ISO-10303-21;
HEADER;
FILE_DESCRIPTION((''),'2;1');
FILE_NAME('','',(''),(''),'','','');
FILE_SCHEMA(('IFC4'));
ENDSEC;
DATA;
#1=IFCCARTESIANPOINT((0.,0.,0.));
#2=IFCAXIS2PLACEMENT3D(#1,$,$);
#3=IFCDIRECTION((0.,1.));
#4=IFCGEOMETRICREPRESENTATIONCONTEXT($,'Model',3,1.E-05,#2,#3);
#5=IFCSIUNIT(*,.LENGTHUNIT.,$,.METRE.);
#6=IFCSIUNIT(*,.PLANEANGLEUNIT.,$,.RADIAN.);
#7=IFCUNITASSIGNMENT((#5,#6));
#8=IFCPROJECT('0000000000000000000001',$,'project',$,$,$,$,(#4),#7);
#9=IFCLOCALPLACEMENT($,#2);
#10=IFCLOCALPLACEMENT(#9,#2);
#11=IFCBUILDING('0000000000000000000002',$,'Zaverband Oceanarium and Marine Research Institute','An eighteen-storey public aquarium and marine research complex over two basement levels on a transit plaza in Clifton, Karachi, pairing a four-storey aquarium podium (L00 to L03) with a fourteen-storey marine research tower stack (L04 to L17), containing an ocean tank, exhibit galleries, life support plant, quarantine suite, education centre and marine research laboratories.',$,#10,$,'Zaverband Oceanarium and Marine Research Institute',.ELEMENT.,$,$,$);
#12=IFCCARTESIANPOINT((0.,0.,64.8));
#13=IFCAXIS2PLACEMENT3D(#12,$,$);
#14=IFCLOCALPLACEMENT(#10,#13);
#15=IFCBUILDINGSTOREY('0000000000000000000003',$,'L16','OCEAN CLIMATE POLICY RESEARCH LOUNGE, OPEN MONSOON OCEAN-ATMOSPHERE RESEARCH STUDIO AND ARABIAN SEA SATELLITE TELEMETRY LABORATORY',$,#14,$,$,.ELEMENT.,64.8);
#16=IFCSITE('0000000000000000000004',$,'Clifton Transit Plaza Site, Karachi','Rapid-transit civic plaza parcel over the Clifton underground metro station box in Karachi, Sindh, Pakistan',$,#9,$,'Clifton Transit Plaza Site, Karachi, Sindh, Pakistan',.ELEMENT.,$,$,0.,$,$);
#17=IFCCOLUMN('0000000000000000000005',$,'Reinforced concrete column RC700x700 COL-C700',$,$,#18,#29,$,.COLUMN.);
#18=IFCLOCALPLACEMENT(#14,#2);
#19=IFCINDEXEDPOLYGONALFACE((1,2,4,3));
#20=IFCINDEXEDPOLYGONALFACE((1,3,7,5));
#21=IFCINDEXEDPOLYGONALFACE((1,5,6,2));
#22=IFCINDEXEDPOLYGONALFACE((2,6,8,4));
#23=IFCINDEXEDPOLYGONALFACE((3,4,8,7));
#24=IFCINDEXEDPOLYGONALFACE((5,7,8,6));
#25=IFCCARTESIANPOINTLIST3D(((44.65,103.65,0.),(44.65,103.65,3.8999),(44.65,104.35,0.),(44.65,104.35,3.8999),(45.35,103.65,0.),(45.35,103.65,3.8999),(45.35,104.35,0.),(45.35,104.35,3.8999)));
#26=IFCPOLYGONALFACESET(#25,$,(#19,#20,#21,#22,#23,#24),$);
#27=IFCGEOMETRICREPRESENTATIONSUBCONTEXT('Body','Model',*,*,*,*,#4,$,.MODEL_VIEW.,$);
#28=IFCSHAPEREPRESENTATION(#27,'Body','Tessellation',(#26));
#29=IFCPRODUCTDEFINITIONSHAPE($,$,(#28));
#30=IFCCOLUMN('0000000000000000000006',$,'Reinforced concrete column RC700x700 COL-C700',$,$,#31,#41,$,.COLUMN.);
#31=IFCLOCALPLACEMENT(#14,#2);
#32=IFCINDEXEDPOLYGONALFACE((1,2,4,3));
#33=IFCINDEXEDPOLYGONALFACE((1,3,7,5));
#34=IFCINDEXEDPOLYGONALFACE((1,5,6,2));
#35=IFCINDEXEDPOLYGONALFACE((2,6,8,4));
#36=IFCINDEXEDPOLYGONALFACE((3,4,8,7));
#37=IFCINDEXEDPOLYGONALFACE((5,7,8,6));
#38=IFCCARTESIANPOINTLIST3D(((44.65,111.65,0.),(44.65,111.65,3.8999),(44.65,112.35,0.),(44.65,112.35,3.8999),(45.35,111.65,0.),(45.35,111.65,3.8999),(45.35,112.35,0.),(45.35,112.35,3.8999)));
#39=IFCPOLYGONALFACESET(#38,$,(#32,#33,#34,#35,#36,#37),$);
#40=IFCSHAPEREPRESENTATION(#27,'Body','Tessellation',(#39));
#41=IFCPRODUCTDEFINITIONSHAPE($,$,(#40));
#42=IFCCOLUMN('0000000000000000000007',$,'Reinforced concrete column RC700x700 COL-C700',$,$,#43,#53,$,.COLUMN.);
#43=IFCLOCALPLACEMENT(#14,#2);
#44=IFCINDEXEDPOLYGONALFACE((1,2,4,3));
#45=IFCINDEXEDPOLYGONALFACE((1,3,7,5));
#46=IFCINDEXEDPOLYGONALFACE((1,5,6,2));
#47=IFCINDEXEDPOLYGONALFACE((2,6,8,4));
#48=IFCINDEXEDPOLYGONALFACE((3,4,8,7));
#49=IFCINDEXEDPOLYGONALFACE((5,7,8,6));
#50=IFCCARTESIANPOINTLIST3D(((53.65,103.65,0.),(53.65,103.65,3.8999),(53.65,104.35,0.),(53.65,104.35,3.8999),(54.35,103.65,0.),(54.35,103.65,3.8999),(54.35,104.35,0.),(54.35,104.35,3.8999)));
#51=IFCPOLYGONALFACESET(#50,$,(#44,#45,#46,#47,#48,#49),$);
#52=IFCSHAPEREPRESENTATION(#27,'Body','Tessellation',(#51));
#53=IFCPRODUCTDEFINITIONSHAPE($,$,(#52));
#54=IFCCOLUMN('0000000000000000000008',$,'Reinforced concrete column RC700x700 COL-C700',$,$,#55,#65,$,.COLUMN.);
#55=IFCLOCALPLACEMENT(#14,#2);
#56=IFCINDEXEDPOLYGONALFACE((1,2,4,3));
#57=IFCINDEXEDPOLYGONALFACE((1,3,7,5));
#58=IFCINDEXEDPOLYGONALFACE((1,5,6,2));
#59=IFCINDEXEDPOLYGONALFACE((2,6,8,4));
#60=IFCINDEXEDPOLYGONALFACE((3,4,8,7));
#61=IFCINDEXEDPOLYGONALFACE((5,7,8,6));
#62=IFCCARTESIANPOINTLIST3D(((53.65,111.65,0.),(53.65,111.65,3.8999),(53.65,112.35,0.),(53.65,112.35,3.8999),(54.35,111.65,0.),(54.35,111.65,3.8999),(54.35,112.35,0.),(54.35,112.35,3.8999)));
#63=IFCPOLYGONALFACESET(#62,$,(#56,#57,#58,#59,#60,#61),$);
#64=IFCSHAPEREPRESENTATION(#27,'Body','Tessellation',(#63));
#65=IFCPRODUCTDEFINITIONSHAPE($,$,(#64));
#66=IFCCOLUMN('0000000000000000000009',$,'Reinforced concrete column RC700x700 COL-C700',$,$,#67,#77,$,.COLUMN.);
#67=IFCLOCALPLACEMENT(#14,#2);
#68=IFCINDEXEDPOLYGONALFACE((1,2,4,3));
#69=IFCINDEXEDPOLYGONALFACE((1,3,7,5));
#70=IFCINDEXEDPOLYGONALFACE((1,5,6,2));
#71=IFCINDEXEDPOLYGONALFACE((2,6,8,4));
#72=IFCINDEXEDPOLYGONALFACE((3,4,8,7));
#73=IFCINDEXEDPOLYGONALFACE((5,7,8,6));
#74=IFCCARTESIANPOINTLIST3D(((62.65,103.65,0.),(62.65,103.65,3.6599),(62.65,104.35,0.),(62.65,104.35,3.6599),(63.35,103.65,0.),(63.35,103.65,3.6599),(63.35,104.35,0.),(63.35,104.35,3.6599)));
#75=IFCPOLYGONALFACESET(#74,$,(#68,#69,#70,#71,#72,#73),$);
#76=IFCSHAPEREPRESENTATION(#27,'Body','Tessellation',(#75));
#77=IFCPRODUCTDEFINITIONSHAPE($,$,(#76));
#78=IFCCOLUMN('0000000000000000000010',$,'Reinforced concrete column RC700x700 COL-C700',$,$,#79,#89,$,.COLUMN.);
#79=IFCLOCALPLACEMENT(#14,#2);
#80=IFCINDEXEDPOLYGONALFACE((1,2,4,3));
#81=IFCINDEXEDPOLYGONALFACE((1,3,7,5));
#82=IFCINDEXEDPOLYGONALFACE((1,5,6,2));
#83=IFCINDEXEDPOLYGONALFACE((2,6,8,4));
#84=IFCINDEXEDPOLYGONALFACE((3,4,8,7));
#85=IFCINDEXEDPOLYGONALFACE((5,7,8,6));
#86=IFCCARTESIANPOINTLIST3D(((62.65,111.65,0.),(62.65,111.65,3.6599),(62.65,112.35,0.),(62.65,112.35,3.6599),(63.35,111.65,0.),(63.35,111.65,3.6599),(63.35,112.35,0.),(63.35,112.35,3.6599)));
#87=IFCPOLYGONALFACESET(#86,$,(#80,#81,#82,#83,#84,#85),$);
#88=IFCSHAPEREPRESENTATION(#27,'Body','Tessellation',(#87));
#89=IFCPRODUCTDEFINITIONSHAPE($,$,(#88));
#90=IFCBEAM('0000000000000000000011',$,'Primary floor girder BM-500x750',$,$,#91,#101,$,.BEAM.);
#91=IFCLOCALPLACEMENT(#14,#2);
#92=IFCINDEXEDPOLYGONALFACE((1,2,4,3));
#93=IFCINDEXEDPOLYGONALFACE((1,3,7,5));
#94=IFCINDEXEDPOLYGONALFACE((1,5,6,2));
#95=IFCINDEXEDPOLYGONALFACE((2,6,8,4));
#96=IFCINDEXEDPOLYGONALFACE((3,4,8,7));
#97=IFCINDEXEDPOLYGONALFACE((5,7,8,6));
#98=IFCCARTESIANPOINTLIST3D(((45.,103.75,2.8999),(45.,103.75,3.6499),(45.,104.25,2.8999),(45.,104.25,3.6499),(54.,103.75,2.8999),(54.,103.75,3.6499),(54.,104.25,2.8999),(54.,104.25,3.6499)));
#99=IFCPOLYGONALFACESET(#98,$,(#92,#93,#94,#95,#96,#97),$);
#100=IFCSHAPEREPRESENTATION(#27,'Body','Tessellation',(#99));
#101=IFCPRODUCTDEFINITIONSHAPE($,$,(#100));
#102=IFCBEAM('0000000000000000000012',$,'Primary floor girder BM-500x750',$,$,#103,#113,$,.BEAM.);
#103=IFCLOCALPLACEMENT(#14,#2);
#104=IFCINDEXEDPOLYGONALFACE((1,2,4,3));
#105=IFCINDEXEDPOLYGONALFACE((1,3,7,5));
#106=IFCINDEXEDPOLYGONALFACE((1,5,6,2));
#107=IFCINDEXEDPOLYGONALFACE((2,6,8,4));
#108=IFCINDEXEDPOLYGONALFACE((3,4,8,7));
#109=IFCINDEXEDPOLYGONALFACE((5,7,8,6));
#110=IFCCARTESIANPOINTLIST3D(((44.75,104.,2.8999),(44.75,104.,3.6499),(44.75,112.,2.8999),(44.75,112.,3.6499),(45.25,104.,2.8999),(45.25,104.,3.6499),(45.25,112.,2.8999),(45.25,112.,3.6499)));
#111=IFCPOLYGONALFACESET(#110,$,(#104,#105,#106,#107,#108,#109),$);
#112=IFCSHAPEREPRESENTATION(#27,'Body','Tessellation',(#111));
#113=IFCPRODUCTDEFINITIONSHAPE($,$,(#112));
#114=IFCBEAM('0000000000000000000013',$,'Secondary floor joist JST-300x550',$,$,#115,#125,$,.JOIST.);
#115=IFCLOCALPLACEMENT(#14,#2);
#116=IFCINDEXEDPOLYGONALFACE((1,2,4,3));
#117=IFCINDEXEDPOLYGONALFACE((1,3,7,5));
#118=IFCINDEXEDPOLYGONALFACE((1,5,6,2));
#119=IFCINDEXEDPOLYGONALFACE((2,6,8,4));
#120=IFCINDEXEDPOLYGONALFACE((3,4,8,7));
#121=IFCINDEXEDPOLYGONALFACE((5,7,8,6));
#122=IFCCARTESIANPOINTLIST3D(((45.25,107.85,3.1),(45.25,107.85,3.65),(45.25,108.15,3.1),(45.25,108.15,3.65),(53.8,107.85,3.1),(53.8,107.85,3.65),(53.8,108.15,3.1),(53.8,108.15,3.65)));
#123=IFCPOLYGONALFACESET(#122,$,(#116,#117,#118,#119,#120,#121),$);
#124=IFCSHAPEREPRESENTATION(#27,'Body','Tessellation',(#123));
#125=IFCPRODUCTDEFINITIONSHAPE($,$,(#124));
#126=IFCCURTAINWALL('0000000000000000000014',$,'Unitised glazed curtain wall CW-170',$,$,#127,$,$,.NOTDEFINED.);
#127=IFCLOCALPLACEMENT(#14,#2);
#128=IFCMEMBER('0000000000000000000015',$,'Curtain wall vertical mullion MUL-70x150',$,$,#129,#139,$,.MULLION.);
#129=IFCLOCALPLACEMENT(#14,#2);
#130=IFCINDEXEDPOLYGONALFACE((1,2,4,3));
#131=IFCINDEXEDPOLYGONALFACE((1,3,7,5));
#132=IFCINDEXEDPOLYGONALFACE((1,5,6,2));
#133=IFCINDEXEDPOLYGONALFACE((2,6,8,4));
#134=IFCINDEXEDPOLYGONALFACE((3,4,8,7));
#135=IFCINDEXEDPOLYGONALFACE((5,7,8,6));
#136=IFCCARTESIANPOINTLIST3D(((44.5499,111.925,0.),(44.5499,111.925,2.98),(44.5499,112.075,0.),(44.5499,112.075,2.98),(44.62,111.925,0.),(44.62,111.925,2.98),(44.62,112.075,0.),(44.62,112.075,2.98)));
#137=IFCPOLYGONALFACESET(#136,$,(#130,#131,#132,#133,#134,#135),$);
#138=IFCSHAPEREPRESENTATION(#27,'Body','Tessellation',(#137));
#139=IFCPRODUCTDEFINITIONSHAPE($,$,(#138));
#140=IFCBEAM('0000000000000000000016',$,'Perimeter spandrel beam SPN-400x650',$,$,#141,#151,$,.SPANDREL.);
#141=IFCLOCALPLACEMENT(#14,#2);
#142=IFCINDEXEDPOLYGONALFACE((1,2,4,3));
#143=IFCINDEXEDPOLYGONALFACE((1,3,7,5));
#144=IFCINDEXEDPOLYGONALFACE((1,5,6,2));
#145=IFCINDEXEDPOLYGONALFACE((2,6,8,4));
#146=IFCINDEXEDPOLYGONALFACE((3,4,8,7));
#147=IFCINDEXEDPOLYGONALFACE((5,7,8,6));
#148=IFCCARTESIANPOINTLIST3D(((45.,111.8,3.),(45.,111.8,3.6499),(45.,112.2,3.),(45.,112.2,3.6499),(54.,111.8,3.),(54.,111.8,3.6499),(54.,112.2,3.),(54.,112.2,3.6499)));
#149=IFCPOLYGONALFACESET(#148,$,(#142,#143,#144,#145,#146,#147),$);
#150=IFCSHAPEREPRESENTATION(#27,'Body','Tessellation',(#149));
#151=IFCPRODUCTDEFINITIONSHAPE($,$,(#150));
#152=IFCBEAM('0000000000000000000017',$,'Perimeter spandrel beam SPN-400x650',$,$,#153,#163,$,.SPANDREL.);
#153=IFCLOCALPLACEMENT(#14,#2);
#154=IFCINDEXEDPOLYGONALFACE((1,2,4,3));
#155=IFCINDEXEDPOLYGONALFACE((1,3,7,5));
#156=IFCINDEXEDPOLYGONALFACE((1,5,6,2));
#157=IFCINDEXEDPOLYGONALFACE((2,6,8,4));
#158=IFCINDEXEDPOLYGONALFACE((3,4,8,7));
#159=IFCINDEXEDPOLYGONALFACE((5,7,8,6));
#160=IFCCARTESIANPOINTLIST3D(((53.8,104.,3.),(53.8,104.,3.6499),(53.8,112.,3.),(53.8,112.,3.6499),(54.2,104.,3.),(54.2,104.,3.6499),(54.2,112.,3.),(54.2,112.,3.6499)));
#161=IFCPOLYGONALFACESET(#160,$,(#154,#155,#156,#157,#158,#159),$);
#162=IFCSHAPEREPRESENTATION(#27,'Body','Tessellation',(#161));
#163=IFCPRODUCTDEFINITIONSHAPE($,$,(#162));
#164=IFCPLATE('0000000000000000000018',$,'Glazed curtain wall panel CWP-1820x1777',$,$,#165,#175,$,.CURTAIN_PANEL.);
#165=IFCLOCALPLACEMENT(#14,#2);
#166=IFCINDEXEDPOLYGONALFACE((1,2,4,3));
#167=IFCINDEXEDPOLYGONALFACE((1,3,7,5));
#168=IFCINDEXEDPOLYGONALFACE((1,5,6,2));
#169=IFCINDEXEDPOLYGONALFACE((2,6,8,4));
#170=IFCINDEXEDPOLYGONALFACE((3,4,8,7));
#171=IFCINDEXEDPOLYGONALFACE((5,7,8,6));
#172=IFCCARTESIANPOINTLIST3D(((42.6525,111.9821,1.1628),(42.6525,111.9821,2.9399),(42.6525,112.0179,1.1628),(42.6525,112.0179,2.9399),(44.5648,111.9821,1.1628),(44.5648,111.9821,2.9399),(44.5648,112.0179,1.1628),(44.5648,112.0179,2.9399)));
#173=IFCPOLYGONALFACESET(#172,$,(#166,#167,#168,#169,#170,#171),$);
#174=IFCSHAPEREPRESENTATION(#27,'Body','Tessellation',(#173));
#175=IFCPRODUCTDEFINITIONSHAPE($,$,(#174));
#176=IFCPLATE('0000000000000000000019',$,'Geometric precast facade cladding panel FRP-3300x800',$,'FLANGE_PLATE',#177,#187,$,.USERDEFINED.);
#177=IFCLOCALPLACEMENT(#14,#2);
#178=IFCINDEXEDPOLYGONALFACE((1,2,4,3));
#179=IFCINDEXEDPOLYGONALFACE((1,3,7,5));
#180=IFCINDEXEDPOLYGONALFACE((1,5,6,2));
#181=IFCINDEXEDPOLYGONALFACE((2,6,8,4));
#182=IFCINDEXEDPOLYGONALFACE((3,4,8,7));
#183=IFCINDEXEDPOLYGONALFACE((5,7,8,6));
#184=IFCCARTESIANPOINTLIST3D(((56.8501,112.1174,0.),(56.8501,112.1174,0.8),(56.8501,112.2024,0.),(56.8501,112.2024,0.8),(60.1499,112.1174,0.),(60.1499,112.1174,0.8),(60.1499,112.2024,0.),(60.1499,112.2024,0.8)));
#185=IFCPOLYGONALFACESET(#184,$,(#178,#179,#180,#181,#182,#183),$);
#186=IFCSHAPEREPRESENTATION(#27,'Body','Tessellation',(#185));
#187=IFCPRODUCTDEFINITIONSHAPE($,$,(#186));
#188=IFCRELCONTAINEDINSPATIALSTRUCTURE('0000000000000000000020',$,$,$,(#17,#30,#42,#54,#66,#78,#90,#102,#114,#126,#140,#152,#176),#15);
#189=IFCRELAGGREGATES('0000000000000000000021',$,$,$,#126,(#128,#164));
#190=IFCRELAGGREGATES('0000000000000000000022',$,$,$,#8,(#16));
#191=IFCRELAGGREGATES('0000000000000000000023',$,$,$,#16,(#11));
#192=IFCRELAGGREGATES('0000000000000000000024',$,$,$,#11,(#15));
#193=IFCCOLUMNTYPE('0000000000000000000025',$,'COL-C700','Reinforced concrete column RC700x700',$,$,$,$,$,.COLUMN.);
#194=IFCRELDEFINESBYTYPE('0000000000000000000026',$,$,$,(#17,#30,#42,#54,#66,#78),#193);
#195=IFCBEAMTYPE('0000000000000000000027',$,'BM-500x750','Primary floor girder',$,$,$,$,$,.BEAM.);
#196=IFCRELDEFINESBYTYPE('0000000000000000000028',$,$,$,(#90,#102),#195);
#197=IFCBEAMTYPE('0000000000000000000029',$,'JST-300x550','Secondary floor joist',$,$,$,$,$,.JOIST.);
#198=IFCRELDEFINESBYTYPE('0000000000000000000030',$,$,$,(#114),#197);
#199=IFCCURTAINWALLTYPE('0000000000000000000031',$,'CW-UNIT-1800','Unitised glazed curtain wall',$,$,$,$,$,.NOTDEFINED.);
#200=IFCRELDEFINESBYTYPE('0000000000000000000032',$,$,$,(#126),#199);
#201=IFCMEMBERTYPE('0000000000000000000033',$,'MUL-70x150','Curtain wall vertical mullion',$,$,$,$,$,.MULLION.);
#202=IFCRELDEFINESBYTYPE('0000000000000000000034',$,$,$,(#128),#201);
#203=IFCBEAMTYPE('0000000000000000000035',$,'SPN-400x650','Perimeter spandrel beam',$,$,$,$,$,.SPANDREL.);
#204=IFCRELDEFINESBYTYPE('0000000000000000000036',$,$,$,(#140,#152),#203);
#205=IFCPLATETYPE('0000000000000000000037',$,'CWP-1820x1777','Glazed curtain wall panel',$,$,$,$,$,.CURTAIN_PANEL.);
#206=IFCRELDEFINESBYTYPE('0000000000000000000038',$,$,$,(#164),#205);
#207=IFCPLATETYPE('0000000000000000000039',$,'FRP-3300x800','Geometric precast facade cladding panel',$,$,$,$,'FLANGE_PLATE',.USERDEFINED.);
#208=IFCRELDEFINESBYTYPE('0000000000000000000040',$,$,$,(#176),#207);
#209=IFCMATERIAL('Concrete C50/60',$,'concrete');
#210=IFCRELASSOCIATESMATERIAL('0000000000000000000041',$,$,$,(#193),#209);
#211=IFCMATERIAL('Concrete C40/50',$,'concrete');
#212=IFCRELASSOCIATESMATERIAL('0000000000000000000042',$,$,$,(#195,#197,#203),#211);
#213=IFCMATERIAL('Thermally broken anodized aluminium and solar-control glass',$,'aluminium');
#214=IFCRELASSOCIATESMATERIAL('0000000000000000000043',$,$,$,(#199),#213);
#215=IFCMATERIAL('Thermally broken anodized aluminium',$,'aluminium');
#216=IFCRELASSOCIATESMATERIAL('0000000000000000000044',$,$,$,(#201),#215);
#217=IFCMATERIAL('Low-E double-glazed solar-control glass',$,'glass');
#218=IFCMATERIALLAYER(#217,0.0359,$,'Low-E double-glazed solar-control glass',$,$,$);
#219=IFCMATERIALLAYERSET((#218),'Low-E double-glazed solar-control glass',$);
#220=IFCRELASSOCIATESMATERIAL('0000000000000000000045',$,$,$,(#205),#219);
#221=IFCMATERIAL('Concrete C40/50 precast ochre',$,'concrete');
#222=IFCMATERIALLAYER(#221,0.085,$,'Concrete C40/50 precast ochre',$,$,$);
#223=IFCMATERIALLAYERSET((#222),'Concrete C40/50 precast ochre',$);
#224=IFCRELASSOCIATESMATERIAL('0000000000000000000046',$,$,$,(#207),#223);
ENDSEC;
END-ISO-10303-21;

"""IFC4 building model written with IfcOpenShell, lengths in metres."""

from ifc_helpers import new_model, si_unit, direction, frame, frame_2d, origin, origin_2d, place, context, subcontext, project, spatial, rectangle, extrude, material, layer, layer_set, material_profile, profile_set, type_object, element, aggregate, save


model = new_model("IFC4")

# Units and contexts
model_context = context("Model", 3, precision=1e-05, world=origin(), true_north=direction((0.0, 1.0)))
body_context = subcontext(model_context, "Body", "Model", "MODEL_VIEW")
ifc_project = project(units=[si_unit("LENGTHUNIT", "METRE"), si_unit("PLANEANGLEUNIT", "RADIAN")], contexts=[model_context])

# Site, building, storey
site_placement = place(None, origin())
site = spatial("IfcSite", under=ifc_project, at=site_placement, Name="Clifton Transit Plaza Site, Karachi", Description="Rapid-transit civic plaza parcel over the Clifton underground metro station box in Karachi, Sindh, Pakistan", LongName="Clifton Transit Plaza Site, Karachi, Sindh, Pakistan", CompositionType="ELEMENT", RefElevation=0.0)
building_placement = place(site_placement, origin())
building = spatial("IfcBuilding", under=site, at=building_placement, Name="Zaverband Oceanarium and Marine Research Institute", Description="An eighteen-storey public aquarium and marine research complex over two basement levels on a transit plaza in Clifton, Karachi, pairing a four-storey aquarium podium (L00 to L03) with a fourteen-storey marine research tower stack (L04 to L17), containing an ocean tank, exhibit galleries, life support plant, quarantine suite, education centre and marine research laboratories.", LongName="Zaverband Oceanarium and Marine Research Institute", CompositionType="ELEMENT")
storey_placement = place(building_placement, frame((0.0, 0.0, 64.8)))
storey = spatial("IfcBuildingStorey", under=building, at=storey_placement, Name="L16", Description="OCEAN CLIMATE POLICY RESEARCH LOUNGE, OPEN MONSOON OCEAN-ATMOSPHERE RESEARCH STUDIO AND ARABIAN SEA SATELLITE TELEMETRY LABORATORY", CompositionType="ELEMENT", Elevation=64.8)

# Columns
ifc_material_1 = material(Name="Concrete C50/60", Category="concrete")
ifc_material_profile_1 = material_profile(ifc_material_1, rectangle(XDim=0.7, YDim=0.7, at=origin_2d()), Name="RC700x700")
ifc_profile_set_1 = profile_set([ifc_material_profile_1], Name="Concrete C50/60")
column_type = type_object("IfcColumnType", Name="COL-C700", Description="Reinforced concrete column RC700x700", PredefinedType="COLUMN", material=ifc_profile_set_1)
for number, where, z_axis, x_axis, name in (
    (1, (45.0, 104.0, 0.0), (0.0, 0.0, 1.0), (1.0, 0.0, 0.0), "Reinforced concrete column RC700x700 COL-C700"),
    (2, (45.0, 112.0, 0.0), (0.0, 0.0, 1.0), (1.0, 0.0, 0.0), "Reinforced concrete column RC700x700 COL-C700"),
    (3, (54.0, 104.0, 0.0), (0.0, 0.0, 1.0), (1.0, 0.0, 0.0), "Reinforced concrete column RC700x700 COL-C700"),
    (4, (54.0, 112.0, 0.0), (0.0, 0.0, 1.0), (1.0, 0.0, 0.0), "Reinforced concrete column RC700x700 COL-C700"),
):
    element("IfcColumn", number, at=place(storey_placement, frame(where, z_axis=z_axis, x_axis=x_axis)), inside=storey, type_object=column_type, Name=name, PredefinedType="COLUMN", context=body_context, shape_type="SweptSolid", body=[
        extrude(rectangle(XDim=0.7, YDim=0.7, at=origin_2d()), origin(), (0.0, 0.0, 1.0), 3.8999),
    ])
for number, where, z_axis, x_axis, name in (
    (5, (63.0, 104.0, 0.0), (0.0, 0.0, 1.0), (1.0, 0.0, 0.0), "Reinforced concrete column RC700x700 COL-C700"),
    (6, (63.0, 112.0, 0.0), (0.0, 0.0, 1.0), (1.0, 0.0, 0.0), "Reinforced concrete column RC700x700 COL-C700"),
):
    element("IfcColumn", number, at=place(storey_placement, frame(where, z_axis=z_axis, x_axis=x_axis)), inside=storey, type_object=column_type, Name=name, PredefinedType="COLUMN", context=body_context, shape_type="SweptSolid", body=[
        extrude(rectangle(XDim=0.7, YDim=0.7, at=origin_2d()), origin(), (0.0, 0.0, 1.0), 3.6599),
    ])

# Beams
ifc_material_2 = material(Name="Concrete C40/50", Category="concrete")
ifc_material_profile_2 = material_profile(ifc_material_2, rectangle(XDim=0.5, YDim=0.75, at=origin_2d()), Name="RC500x750")
ifc_profile_set_2 = profile_set([ifc_material_profile_2], Name="Concrete C40/50")
beam_type_1 = type_object("IfcBeamType", Name="BM-500x750", Description="Primary floor girder", PredefinedType="BEAM", material=ifc_profile_set_2)
beam_1_placement = place(storey_placement, frame((45.0, 104.0, 3.2749), z_axis=(1.0, 0.0, 0.0), x_axis=(0.0, 1.0, 0.0)))
element("IfcBeam", 7, at=beam_1_placement, inside=storey, type_object=beam_type_1, Name="Primary floor girder BM-500x750", PredefinedType="BEAM", context=body_context, shape_type="SweptSolid", body=[
    extrude(rectangle(XDim=0.5, YDim=0.75, at=origin_2d()), origin(), (0.0, 0.0, 1.0), 9.0),
])
beam_2_placement = place(storey_placement, frame((45.0, 104.0, 3.2749), z_axis=(0.0, 1.0, 0.0), x_axis=(-1.0, 0.0, 0.0)))
element("IfcBeam", 8, at=beam_2_placement, inside=storey, type_object=beam_type_1, Name="Primary floor girder BM-500x750", PredefinedType="BEAM", context=body_context, shape_type="SweptSolid", body=[
    extrude(rectangle(XDim=0.5, YDim=0.75, at=origin_2d()), origin(), (0.0, 0.0, 1.0), 8.0),
])
ifc_material_profile_3 = material_profile(ifc_material_2, rectangle(XDim=0.3, YDim=0.55, at=origin_2d()), Name="RC300x550")
ifc_profile_set_3 = profile_set([ifc_material_profile_3], Name="Concrete C40/50")
beam_type_2 = type_object("IfcBeamType", Name="JST-300x550", Description="Secondary floor joist", PredefinedType="JOIST", material=ifc_profile_set_3)
beam_3_placement = place(storey_placement, frame((45.25, 108.0, 3.375), z_axis=(1.0, 0.0, 0.0), x_axis=(0.0, 1.0, 0.0)))
element("IfcBeam", 9, at=beam_3_placement, inside=storey, type_object=beam_type_2, Name="Secondary floor joist JST-300x550", PredefinedType="JOIST", context=body_context, shape_type="SweptSolid", body=[
    extrude(rectangle(XDim=0.3, YDim=0.55, at=origin_2d()), origin(), (0.0, 0.0, 1.0), 8.55),
])

# Curtain wall, member
ifc_material_3 = material(Name="Thermally broken anodized aluminium and solar-control glass", Category="aluminium")
curtain_wall_type = type_object("IfcCurtainWallType", Name="CW-UNIT-1800", Description="Unitised glazed curtain wall", PredefinedType="NOTDEFINED", material=ifc_material_3)
curtain_wall_placement = place(storey_placement, origin())
curtain_wall = element("IfcCurtainWall", 10, at=curtain_wall_placement, inside=storey, type_object=curtain_wall_type, Name="Unitised glazed curtain wall CW-170", PredefinedType="NOTDEFINED")
ifc_material_4 = material(Name="Thermally broken anodized aluminium", Category="aluminium")
ifc_material_profile_4 = material_profile(ifc_material_4, rectangle(XDim=0.0701, YDim=0.1499, at=origin_2d()), Name="AL-MUL-70x150")
ifc_profile_set_4 = profile_set([ifc_material_profile_4], Name="Thermally broken anodized aluminium")
member_type = type_object("IfcMemberType", Name="MUL-70x150", Description="Curtain wall vertical mullion", PredefinedType="MULLION", material=ifc_profile_set_4)
member_placement = place(storey_placement, frame((44.585, 112.0, 0.0), z_axis=(0.0, 0.0, 1.0), x_axis=(1.0, 0.0, 0.0)))
member = element("IfcMember", 11, at=member_placement, type_object=member_type, Name="Curtain wall vertical mullion MUL-70x150", PredefinedType="MULLION", context=body_context, shape_type="SweptSolid", body=[
    extrude(rectangle(XDim=0.0701, YDim=0.1499, at=origin_2d()), origin(), (0.0, 0.0, 1.0), 2.98),
])

# Beams
ifc_material_profile_5 = material_profile(ifc_material_2, rectangle(XDim=0.3999, YDim=0.6499, at=origin_2d()), Name="RC400x650")
ifc_profile_set_5 = profile_set([ifc_material_profile_5], Name="Concrete C40/50")
beam_type_3 = type_object("IfcBeamType", Name="SPN-400x650", Description="Perimeter spandrel beam", PredefinedType="SPANDREL", material=ifc_profile_set_5)
beam_4_placement = place(storey_placement, frame((45.0, 112.0, 3.325), z_axis=(1.0, 0.0, 0.0), x_axis=(0.0, 1.0, 0.0)))
element("IfcBeam", 12, at=beam_4_placement, inside=storey, type_object=beam_type_3, Name="Perimeter spandrel beam SPN-400x650", PredefinedType="SPANDREL", context=body_context, shape_type="SweptSolid", body=[
    extrude(rectangle(XDim=0.3999, YDim=0.6499, at=origin_2d()), origin(), (0.0, 0.0, 1.0), 9.0),
])
beam_5_placement = place(storey_placement, frame((54.0, 104.0, 3.325), z_axis=(0.0, 1.0, 0.0), x_axis=(-1.0, 0.0, 0.0)))
element("IfcBeam", 13, at=beam_5_placement, inside=storey, type_object=beam_type_3, Name="Perimeter spandrel beam SPN-400x650", PredefinedType="SPANDREL", context=body_context, shape_type="SweptSolid", body=[
    extrude(rectangle(XDim=0.3999, YDim=0.6499, at=origin_2d()), origin(), (0.0, 0.0, 1.0), 8.0),
])

# Plate
ifc_material_5 = material(Name="Low-E double-glazed solar-control glass", Category="glass")
ifc_layer_1 = layer(ifc_material_5, 0.0359, Name="Low-E double-glazed solar-control glass")
ifc_layer_set_1 = layer_set([ifc_layer_1], Name="Low-E double-glazed solar-control glass")
plate_type_1 = type_object("IfcPlateType", Name="CWP-1820x1777", Description="Glazed curtain wall panel", PredefinedType="CURTAIN_PANEL", material=ifc_layer_set_1)
plate_1_placement = place(storey_placement, frame((42.6526, 112.0, 1.1628), z_axis=(0.0, 0.0, 1.0), x_axis=(1.0, 0.0, 0.0)))
plate_1 = element("IfcPlate", 14, at=plate_1_placement, type_object=plate_type_1, Name="Glazed curtain wall panel CWP-1820x1777", PredefinedType="CURTAIN_PANEL", context=body_context, shape_type="SweptSolid", body=[
    extrude(rectangle(XDim=1.9124, YDim=0.0359, at=frame_2d((0.9561, 0.0))), origin(), (0.0, 0.0, 1.0), 1.7771),
])
aggregate(curtain_wall, [member, plate_1])

# Plate
ifc_material_6 = material(Name="Concrete C40/50 precast ochre", Category="concrete")
ifc_layer_2 = layer(ifc_material_6, 0.085, Name="Concrete C40/50 precast ochre")
ifc_layer_set_2 = layer_set([ifc_layer_2], Name="Concrete C40/50 precast ochre")
plate_type_2 = type_object("IfcPlateType", Name="FRP-3300x800", Description="Geometric precast facade cladding panel", ElementType="FLANGE_PLATE", PredefinedType="USERDEFINED", material=ifc_layer_set_2)
plate_2_placement = place(storey_placement, frame((56.8501, 112.1599, 0.0), z_axis=(0.0, 0.0, 1.0), x_axis=(1.0, 0.0, 0.0)))
element("IfcPlate", 15, at=plate_2_placement, inside=storey, type_object=plate_type_2, Name="Geometric precast facade cladding panel FRP-3300x800", ObjectType="FLANGE_PLATE", PredefinedType="USERDEFINED", context=body_context, shape_type="SweptSolid", body=[
    extrude(rectangle(XDim=3.2998, YDim=0.085, at=frame_2d((1.6499, 0.0))), origin(), (0.0, 0.0, 1.0), 0.8),
])

save(model, "model.ifc")
